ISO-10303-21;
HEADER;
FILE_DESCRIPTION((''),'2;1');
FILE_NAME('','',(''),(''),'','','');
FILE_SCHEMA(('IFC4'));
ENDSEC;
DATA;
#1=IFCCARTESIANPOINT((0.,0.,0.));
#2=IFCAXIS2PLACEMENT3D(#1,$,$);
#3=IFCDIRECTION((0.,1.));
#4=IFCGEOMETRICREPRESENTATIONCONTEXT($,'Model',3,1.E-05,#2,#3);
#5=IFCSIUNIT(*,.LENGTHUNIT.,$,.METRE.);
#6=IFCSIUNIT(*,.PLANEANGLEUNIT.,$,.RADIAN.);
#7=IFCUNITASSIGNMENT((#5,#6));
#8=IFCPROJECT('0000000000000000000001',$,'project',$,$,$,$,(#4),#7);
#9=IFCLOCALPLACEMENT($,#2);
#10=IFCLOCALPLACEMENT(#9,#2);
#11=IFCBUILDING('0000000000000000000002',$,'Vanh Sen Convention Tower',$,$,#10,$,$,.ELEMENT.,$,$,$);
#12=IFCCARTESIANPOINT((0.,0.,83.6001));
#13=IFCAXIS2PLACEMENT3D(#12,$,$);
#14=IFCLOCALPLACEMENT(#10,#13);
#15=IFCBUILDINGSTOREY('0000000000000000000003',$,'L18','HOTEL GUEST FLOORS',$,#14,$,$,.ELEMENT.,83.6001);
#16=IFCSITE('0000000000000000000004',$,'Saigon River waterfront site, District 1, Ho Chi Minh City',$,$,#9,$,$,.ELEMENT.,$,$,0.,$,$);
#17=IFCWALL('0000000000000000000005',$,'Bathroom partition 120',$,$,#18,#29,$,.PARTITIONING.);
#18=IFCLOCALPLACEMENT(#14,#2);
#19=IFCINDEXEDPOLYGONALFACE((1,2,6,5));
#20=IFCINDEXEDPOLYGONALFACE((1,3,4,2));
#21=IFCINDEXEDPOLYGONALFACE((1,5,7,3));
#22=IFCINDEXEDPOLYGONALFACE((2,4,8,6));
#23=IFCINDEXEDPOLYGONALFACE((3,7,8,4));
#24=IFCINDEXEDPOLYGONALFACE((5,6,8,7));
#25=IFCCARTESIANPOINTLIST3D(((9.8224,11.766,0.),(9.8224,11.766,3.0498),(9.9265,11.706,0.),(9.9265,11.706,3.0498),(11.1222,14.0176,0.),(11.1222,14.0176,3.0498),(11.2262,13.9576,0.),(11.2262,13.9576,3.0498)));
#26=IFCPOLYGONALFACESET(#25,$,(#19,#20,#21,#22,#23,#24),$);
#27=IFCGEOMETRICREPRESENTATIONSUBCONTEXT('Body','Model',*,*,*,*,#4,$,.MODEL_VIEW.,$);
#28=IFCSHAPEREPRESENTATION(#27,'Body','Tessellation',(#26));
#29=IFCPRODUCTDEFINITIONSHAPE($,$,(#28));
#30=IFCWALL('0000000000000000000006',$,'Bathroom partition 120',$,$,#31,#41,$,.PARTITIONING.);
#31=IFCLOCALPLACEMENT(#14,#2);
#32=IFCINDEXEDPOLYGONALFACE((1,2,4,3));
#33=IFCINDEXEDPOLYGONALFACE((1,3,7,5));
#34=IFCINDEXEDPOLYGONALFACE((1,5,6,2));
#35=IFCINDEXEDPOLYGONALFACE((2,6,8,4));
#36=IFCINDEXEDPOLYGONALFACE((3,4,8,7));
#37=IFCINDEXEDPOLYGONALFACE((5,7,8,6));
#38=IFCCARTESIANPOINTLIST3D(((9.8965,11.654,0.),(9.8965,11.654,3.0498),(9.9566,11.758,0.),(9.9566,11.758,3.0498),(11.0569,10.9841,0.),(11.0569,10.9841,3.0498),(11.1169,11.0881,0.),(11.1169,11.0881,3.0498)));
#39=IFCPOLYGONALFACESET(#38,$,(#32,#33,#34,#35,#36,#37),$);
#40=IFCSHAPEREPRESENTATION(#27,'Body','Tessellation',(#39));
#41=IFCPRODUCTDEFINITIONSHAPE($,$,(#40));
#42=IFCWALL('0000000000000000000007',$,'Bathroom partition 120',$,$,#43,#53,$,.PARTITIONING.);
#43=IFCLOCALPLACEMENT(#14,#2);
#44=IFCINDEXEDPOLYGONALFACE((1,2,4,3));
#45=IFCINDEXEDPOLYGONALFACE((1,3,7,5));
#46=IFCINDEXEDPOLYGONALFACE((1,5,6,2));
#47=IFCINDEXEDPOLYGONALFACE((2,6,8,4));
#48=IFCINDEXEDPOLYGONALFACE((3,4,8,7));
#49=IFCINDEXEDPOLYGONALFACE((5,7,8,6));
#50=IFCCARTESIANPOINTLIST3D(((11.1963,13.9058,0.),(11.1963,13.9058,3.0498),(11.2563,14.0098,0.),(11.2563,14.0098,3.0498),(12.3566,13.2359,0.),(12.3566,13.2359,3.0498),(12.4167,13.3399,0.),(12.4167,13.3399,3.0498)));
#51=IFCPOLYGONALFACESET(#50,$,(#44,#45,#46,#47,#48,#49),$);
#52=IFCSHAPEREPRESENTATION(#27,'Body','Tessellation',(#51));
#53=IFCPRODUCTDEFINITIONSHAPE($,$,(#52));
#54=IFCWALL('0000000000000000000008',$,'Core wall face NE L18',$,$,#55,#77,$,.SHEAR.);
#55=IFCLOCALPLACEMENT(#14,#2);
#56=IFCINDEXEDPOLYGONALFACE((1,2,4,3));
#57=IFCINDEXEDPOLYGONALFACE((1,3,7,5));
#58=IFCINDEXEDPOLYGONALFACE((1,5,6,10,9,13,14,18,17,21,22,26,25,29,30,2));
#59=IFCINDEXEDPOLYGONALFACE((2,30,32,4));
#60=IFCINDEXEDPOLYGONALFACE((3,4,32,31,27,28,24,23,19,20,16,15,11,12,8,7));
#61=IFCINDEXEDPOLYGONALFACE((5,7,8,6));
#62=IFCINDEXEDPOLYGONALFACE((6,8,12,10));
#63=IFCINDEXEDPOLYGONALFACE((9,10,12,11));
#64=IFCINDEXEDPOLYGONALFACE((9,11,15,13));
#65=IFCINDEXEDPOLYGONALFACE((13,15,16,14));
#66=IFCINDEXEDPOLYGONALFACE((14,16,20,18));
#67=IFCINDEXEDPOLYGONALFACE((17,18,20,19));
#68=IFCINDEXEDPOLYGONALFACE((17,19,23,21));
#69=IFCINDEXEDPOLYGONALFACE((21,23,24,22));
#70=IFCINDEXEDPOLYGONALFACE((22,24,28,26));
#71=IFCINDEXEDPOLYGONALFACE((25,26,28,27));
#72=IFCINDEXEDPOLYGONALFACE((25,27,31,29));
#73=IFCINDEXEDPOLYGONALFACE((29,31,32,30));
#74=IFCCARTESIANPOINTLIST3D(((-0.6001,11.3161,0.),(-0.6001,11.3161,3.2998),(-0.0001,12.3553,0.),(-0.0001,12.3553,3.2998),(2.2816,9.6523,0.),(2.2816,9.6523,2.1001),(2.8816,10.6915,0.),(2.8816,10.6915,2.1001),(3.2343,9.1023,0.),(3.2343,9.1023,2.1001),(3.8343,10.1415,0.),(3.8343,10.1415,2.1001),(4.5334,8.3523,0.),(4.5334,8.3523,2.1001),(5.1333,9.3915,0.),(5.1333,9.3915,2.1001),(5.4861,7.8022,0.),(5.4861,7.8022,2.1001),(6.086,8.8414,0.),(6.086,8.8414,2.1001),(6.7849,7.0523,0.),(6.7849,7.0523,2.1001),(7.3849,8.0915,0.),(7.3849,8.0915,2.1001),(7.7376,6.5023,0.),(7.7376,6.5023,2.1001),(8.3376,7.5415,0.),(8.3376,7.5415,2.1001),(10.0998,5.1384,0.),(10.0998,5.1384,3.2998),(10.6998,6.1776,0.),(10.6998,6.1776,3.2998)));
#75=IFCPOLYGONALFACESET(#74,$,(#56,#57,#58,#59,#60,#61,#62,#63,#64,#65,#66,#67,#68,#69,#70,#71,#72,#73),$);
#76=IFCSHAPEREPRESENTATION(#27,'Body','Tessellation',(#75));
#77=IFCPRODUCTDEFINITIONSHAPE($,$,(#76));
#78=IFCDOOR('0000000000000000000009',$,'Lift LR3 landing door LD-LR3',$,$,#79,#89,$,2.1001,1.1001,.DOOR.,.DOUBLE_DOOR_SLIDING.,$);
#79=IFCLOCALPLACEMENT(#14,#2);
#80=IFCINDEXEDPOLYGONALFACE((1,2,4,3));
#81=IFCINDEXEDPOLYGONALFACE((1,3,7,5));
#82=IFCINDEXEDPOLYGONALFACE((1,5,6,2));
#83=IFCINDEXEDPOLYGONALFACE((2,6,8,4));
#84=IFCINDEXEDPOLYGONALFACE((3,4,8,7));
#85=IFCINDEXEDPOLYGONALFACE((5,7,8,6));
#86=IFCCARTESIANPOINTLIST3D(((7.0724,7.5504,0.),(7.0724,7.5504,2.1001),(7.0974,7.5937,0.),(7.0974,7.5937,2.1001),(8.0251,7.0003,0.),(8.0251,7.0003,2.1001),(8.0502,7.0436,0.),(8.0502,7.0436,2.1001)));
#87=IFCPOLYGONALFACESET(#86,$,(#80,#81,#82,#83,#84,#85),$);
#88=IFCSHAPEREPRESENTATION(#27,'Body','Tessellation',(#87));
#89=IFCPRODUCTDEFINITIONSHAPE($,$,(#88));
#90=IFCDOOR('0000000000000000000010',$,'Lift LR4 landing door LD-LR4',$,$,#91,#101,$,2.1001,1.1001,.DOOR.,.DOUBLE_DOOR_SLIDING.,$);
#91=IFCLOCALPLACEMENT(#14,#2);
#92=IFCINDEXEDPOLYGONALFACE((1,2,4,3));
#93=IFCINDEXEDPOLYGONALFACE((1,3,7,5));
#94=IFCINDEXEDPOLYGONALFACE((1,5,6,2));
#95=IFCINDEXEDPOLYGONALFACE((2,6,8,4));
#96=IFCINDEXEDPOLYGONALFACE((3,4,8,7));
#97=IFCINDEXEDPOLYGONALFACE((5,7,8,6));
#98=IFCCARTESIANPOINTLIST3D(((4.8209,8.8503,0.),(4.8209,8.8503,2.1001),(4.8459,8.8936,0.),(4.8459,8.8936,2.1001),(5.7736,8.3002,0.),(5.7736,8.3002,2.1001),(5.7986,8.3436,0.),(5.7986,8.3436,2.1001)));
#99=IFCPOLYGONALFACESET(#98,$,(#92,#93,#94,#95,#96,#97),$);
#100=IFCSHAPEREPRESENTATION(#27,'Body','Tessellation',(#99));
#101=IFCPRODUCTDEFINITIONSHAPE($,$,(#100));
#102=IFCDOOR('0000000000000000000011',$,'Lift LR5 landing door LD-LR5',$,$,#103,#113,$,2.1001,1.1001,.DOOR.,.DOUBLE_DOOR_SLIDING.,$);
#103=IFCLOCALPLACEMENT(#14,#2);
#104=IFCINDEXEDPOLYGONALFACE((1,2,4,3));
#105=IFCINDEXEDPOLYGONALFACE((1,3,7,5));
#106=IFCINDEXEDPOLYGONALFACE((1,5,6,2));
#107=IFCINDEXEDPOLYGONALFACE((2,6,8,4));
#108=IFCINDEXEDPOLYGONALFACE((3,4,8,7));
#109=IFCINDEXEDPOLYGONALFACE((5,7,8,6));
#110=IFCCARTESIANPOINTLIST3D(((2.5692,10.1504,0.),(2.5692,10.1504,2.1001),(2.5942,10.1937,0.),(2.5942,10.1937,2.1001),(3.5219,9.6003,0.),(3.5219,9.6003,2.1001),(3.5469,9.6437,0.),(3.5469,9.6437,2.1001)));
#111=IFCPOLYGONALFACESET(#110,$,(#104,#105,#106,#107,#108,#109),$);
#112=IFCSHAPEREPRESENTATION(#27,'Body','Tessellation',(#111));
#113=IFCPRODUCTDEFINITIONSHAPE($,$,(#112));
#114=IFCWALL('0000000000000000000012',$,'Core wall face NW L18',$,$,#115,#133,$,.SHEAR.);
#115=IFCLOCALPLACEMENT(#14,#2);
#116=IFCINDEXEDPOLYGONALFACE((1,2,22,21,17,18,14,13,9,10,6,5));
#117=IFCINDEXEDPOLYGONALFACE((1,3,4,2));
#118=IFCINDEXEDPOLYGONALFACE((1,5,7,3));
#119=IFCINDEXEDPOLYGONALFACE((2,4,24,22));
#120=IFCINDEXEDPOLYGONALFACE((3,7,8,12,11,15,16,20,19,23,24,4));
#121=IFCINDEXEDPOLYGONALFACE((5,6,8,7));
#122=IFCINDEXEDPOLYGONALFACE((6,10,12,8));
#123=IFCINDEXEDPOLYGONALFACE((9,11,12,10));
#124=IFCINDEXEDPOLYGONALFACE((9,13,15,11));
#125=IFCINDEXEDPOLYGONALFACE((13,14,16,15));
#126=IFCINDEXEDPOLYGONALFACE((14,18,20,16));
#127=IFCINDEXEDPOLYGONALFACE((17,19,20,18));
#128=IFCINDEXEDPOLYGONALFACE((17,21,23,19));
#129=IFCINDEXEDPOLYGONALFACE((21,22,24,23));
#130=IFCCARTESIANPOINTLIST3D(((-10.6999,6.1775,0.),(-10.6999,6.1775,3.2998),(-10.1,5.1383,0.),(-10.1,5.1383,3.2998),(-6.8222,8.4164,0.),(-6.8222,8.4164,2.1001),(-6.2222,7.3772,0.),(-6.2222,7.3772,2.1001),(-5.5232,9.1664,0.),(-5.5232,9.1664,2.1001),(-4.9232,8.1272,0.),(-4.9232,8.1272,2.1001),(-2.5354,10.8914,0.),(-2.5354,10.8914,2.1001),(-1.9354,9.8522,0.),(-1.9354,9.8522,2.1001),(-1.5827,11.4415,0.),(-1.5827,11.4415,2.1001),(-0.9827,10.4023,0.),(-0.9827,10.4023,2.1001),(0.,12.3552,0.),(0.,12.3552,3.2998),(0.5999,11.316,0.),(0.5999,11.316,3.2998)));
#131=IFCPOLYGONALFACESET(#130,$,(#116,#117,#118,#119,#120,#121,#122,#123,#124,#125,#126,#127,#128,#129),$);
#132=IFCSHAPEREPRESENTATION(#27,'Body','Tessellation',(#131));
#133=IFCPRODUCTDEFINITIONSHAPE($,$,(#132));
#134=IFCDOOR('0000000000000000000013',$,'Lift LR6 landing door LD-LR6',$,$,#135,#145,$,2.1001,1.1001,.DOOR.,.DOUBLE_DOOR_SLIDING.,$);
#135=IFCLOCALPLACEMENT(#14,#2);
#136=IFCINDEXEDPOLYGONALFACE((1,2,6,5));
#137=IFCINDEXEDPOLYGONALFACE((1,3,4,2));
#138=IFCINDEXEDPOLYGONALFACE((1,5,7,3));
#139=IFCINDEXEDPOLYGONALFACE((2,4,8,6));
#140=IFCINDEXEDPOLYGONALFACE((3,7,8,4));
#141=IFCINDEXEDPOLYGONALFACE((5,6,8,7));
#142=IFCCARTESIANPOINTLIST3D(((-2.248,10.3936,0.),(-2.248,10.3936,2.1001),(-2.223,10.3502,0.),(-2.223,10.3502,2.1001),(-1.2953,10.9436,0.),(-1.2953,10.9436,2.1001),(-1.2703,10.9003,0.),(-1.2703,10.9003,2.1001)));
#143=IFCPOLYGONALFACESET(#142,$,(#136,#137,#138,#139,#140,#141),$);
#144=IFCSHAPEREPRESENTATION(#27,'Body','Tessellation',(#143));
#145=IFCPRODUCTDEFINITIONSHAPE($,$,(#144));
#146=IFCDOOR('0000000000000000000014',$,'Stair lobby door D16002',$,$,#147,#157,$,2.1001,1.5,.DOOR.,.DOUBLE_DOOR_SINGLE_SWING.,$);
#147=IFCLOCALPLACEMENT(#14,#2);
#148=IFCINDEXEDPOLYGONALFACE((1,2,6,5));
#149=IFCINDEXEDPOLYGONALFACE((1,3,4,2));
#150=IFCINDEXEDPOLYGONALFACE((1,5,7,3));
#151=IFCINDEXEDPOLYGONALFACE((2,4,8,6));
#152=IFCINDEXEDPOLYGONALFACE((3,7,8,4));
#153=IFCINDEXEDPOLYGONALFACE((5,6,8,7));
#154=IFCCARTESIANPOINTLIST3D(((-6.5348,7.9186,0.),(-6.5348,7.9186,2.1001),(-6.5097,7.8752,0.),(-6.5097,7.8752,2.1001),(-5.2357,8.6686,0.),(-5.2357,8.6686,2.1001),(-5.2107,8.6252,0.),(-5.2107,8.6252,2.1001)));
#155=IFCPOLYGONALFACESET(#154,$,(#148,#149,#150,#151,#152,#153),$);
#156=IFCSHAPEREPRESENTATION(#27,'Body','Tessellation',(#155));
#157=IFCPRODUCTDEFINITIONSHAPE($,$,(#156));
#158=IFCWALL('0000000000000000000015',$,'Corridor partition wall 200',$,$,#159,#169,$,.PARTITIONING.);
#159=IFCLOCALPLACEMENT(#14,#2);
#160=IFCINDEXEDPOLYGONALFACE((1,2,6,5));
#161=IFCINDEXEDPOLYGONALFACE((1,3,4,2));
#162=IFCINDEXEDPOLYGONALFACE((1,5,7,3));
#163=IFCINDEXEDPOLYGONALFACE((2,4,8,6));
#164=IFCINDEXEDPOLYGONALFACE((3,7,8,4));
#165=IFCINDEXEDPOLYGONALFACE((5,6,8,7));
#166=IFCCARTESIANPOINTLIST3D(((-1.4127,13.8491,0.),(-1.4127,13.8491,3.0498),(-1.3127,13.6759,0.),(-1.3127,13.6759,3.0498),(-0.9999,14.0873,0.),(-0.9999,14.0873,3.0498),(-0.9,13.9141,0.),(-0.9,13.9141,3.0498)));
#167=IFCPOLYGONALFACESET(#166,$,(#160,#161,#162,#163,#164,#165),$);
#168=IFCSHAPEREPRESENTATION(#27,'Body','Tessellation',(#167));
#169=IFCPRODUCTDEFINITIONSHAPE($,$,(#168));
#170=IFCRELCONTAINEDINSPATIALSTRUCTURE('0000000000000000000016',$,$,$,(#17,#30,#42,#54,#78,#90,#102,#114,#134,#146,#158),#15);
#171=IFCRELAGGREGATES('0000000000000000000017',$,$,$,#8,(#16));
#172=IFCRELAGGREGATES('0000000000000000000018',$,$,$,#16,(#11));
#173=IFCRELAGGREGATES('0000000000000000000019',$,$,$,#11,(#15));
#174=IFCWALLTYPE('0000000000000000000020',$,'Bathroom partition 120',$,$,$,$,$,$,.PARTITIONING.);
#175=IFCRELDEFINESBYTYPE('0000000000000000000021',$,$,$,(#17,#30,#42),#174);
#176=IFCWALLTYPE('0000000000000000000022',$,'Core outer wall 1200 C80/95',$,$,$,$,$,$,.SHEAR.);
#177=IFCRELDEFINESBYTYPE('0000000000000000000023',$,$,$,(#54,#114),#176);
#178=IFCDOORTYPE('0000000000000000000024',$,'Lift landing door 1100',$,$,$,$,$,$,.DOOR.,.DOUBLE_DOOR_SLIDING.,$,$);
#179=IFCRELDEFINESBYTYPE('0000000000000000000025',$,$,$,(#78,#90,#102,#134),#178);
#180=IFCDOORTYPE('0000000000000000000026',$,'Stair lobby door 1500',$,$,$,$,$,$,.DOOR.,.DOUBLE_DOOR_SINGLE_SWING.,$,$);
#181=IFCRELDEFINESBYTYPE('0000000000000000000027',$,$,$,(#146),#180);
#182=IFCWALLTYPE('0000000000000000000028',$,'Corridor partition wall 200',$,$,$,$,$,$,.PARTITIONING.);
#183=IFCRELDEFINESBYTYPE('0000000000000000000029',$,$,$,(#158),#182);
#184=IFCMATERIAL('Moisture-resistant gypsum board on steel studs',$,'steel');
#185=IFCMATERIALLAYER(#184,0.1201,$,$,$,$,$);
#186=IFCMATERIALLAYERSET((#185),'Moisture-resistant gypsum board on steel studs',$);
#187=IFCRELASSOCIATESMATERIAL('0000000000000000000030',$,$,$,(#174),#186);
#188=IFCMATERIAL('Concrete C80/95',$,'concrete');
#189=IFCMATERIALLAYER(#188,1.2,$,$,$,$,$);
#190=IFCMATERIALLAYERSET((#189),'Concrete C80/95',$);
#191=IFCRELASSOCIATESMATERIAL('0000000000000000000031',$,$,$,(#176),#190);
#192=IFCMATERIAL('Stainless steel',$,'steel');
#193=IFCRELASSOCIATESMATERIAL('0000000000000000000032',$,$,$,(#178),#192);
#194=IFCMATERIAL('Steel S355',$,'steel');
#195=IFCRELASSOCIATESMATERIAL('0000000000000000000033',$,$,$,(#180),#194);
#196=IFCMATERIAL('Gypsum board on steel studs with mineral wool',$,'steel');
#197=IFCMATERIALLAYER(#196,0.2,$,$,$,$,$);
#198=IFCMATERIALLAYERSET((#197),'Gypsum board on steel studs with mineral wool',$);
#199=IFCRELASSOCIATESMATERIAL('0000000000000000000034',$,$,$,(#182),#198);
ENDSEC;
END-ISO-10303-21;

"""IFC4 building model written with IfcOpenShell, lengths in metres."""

from ifc_helpers import new_model, si_unit, direction, frame, frame_2d, origin, place, context, subcontext, project, spatial, rectangle, extrude, material, layer, layer_set, type_object, element, fill, save


model = new_model("IFC4")

# Units and contexts
model_context = context("Model", 3, precision=1e-05, world=origin(), true_north=direction((0.0, 1.0)))
body_context = subcontext(model_context, "Body", "Model", "MODEL_VIEW")
ifc_project = project(units=[si_unit("LENGTHUNIT", "METRE"), si_unit("PLANEANGLEUNIT", "RADIAN")], contexts=[model_context])

# Site, building, storey
site_placement = place(None, origin())
site = spatial("IfcSite", under=ifc_project, at=site_placement, Name="Saigon River waterfront site, District 1, Ho Chi Minh City", CompositionType="ELEMENT", RefElevation=0.0)
building_placement = place(site_placement, origin())
building = spatial("IfcBuilding", under=site, at=building_placement, Name="Vanh Sen Convention Tower", CompositionType="ELEMENT")
storey_placement = place(building_placement, frame((0.0, 0.0, 83.6001)))
storey = spatial("IfcBuildingStorey", under=building, at=storey_placement, Name="L18", Description="HOTEL GUEST FLOORS", CompositionType="ELEMENT", Elevation=83.6001)

# Walls
ifc_material_1 = material(Name="Moisture-resistant gypsum board on steel studs", Category="steel")
ifc_layer_1 = layer(ifc_material_1, 0.1201)
ifc_layer_set_1 = layer_set([ifc_layer_1], Name="Moisture-resistant gypsum board on steel studs")
wall_type_1 = type_object("IfcWallType", Name="Bathroom partition 120", PredefinedType="PARTITIONING", material=ifc_layer_set_1)
wall_1_placement = place(storey_placement, frame((9.8745, 11.7361, 0.0), z_axis=(0.0, 0.0, 1.0), x_axis=(0.499937, 0.866062, 0.0)))
element("IfcWall", 1, at=wall_1_placement, inside=storey, type_object=wall_type_1, Name="Bathroom partition 120", PredefinedType="PARTITIONING", context=body_context, shape_type="SweptSolid", body=[
    extrude(rectangle(XDim=2.5999, YDim=0.1201, at=frame_2d((1.2998, 0.0))), origin(), (0.0, 0.0, 1.0), 3.0498),
])
for number, where, z_axis, x_axis, name in (
    (2, (11.0869, 11.0361, 0.0), (0.0, 0.0, 1.0), (-0.866037, 0.49998, 0.0), "Bathroom partition 120"),
    (3, (11.2263, 13.9578, 0.0), (0.0, 0.0, 1.0), (0.866037, -0.49998, 0.0), "Bathroom partition 120"),
):
    element("IfcWall", number, at=place(storey_placement, frame(where, z_axis=z_axis, x_axis=x_axis)), inside=storey, type_object=wall_type_1, Name=name, PredefinedType="PARTITIONING", context=body_context, shape_type="SweptSolid", body=[
        extrude(rectangle(XDim=1.3398, YDim=0.1201, at=frame_2d((0.6699, 0.0))), origin(), (0.0, 0.0, 1.0), 3.0498),
    ])

# Walls, openings, doors
ifc_material_2 = material(Name="Concrete C80/95", Category="concrete")
ifc_layer_2 = layer(ifc_material_2, 1.2)
ifc_layer_set_2 = layer_set([ifc_layer_2], Name="Concrete C80/95")
wall_type_2 = type_object("IfcWallType", Name="Core outer wall 1200 C80/95", PredefinedType="SHEAR", material=ifc_layer_set_2)
wall_2_placement = place(storey_placement, frame((10.3999, 5.658, 0.0), z_axis=(0.0, 0.0, 1.0), x_axis=(-0.866021, 0.500007, 0.0)))
wall_2 = element("IfcWall", 4, at=wall_2_placement, inside=storey, type_object=wall_type_2, Name="Core wall face NE L18", PredefinedType="SHEAR", context=body_context, shape_type="SweptSolid", body=[
    extrude(rectangle(XDim=12.3552, YDim=1.2, at=frame_2d((6.1777, 0.0))), origin(), (0.0, 0.0, 1.0), 3.2998),
])
opening_1_placement = place(wall_2_placement, frame((2.7278, 0.0, 0.0)))
opening_1 = element("IfcOpeningElement", 5, at=opening_1_placement, cuts=wall_2, PredefinedType="OPENING", context=body_context, shape_type="SweptSolid", body=[
    extrude(rectangle(XDim=1.1001, YDim=2.1001, at=frame_2d((0.55, 1.05))), frame((0.0, 0.6099, 0.0), z_axis=(0.0, -1.0, 0.0), x_axis=(1.0, 0.0, 0.0)), (0.0, 0.0, 1.0), 1.22),
])
opening_2_placement = place(wall_2_placement, frame((5.3276, 0.0, 0.0)))
opening_2 = element("IfcOpeningElement", 6, at=opening_2_placement, cuts=wall_2, PredefinedType="OPENING", context=body_context, shape_type="SweptSolid", body=[
    extrude(rectangle(XDim=1.1001, YDim=2.1001, at=frame_2d((0.55, 1.05))), frame((0.0, 0.6099, 0.0), z_axis=(0.0, -1.0, 0.0), x_axis=(1.0, 0.0, 0.0)), (0.0, 0.0, 1.0), 1.22),
])
opening_3_placement = place(wall_2_placement, frame((7.9277, 0.0, 0.0)))
opening_3 = element("IfcOpeningElement", 7, at=opening_3_placement, cuts=wall_2, PredefinedType="OPENING", context=body_context, shape_type="SweptSolid", body=[
    extrude(rectangle(XDim=1.1001, YDim=2.1001, at=frame_2d((0.55, 1.05))), frame((0.0, 0.6099, 0.0), z_axis=(0.0, -1.0, 0.0), x_axis=(1.0, 0.0, 0.0)), (0.0, 0.0, 1.0), 1.22),
])
ifc_material_3 = material(Name="Stainless steel", Category="steel")
door_type_1 = type_object("IfcDoorType", Name="Lift landing door 1100", OperationType="DOUBLE_DOOR_SLIDING", PredefinedType="DOOR", material=ifc_material_3)
door_1_placement = place(opening_1_placement, origin())
door_1 = element("IfcDoor", 8, at=door_1_placement, inside=storey, type_object=door_type_1, Name="Lift LR3 landing door LD-LR3", OperationType="DOUBLE_DOOR_SLIDING", OverallHeight=2.1001, OverallWidth=1.1001, PredefinedType="DOOR", context=body_context, shape_type="SweptSolid", body=[
    extrude(rectangle(XDim=1.1001, YDim=2.1001, at=frame_2d((0.55, 1.05))), frame((0.0, 0.0249, 0.0), z_axis=(0.0, -1.0, 0.0), x_axis=(1.0, 0.0, 0.0)), (0.0, 0.0, 1.0), 0.05),
])
fill(opening_1, door_1)
door_2_placement = place(opening_2_placement, origin())
door_2 = element("IfcDoor", 9, at=door_2_placement, inside=storey, type_object=door_type_1, Name="Lift LR4 landing door LD-LR4", OperationType="DOUBLE_DOOR_SLIDING", OverallHeight=2.1001, OverallWidth=1.1001, PredefinedType="DOOR", context=body_context, shape_type="SweptSolid", body=[
    extrude(rectangle(XDim=1.1001, YDim=2.1001, at=frame_2d((0.55, 1.05))), frame((0.0, 0.0249, 0.0), z_axis=(0.0, -1.0, 0.0), x_axis=(1.0, 0.0, 0.0)), (0.0, 0.0, 1.0), 0.05),
])
fill(opening_2, door_2)
door_3_placement = place(opening_3_placement, origin())
door_3 = element("IfcDoor", 10, at=door_3_placement, inside=storey, type_object=door_type_1, Name="Lift LR5 landing door LD-LR5", OperationType="DOUBLE_DOOR_SLIDING", OverallHeight=2.1001, OverallWidth=1.1001, PredefinedType="DOOR", context=body_context, shape_type="SweptSolid", body=[
    extrude(rectangle(XDim=1.1001, YDim=2.1001, at=frame_2d((0.55, 1.05))), frame((0.0, 0.0249, 0.0), z_axis=(0.0, -1.0, 0.0), x_axis=(1.0, 0.0, 0.0)), (0.0, 0.0, 1.0), 0.05),
])
fill(opening_3, door_3)
wall_3_placement = place(storey_placement, frame((0.3, 11.8357, 0.0), z_axis=(0.0, 0.0, 1.0), x_axis=(-0.866021, -0.500007, 0.0)))
wall_3 = element("IfcWall", 11, at=wall_3_placement, inside=storey, type_object=wall_type_2, Name="Core wall face NW L18", PredefinedType="SHEAR", context=body_context, shape_type="SweptSolid", body=[
    extrude(rectangle(XDim=12.3552, YDim=1.2, at=frame_2d((6.1777, 0.0))), origin(), (0.0, 0.0, 1.0), 3.2998),
])
opening_4_placement = place(wall_3_placement, frame((6.3777, 0.0, 0.0)))
opening_4 = element("IfcOpeningElement", 12, at=opening_4_placement, cuts=wall_3, PredefinedType="OPENING", context=body_context, shape_type="SweptSolid", body=[
    extrude(rectangle(XDim=1.5, YDim=2.1001, at=frame_2d((0.75, 1.05))), frame((0.0, 0.6099, 0.0), z_axis=(0.0, -1.0, 0.0), x_axis=(1.0, 0.0, 0.0)), (0.0, 0.0, 1.0), 1.22),
])
opening_5_placement = place(wall_3_placement, frame((1.8276, 0.0, 0.0)))
opening_5 = element("IfcOpeningElement", 13, at=opening_5_placement, cuts=wall_3, PredefinedType="OPENING", context=body_context, shape_type="SweptSolid", body=[
    extrude(rectangle(XDim=1.1001, YDim=2.1001, at=frame_2d((0.55, 1.05))), frame((0.0, 0.6099, 0.0), z_axis=(0.0, -1.0, 0.0), x_axis=(1.0, 0.0, 0.0)), (0.0, 0.0, 1.0), 1.22),
])
door_4_placement = place(opening_5_placement, origin())
door_4 = element("IfcDoor", 14, at=door_4_placement, inside=storey, type_object=door_type_1, Name="Lift LR6 landing door LD-LR6", OperationType="DOUBLE_DOOR_SLIDING", OverallHeight=2.1001, OverallWidth=1.1001, PredefinedType="DOOR", context=body_context, shape_type="SweptSolid", body=[
    extrude(rectangle(XDim=1.1001, YDim=2.1001, at=frame_2d((0.55, 1.05))), frame((0.0, 0.0249, 0.0), z_axis=(0.0, -1.0, 0.0), x_axis=(1.0, 0.0, 0.0)), (0.0, 0.0, 1.0), 0.05),
])
fill(opening_5, door_4)
ifc_material_4 = material(Name="Steel S355", Category="steel")
door_type_2 = type_object("IfcDoorType", Name="Stair lobby door 1500", OperationType="DOUBLE_DOOR_SINGLE_SWING", PredefinedType="DOOR", material=ifc_material_4)
door_5_placement = place(opening_4_placement, origin())
door_5 = element("IfcDoor", 15, at=door_5_placement, inside=storey, type_object=door_type_2, Name="Stair lobby door D16002", OperationType="DOUBLE_DOOR_SINGLE_SWING", OverallHeight=2.1001, OverallWidth=1.5, PredefinedType="DOOR", context=body_context, shape_type="SweptSolid", body=[
    extrude(rectangle(XDim=1.5, YDim=2.1001, at=frame_2d((0.75, 1.05))), frame((0.0, 0.0249, 0.0), z_axis=(0.0, -1.0, 0.0), x_axis=(1.0, 0.0, 0.0)), (0.0, 0.0, 1.0), 0.05),
])
fill(opening_4, door_5)

# Wall
ifc_material_5 = material(Name="Gypsum board on steel studs with mineral wool", Category="steel")
ifc_layer_3 = layer(ifc_material_5, 0.2)
ifc_layer_set_3 = layer_set([ifc_layer_3], Name="Gypsum board on steel studs with mineral wool")
wall_type_3 = type_object("IfcWallType", Name="Corridor partition wall 200", PredefinedType="PARTITIONING", material=ifc_layer_set_3)
wall_4_placement = place(storey_placement, frame((-0.95, 14.0007, 0.0), z_axis=(0.0, 0.0, 1.0), x_axis=(-0.866092, -0.499885, 0.0)))
element("IfcWall", 16, at=wall_4_placement, inside=storey, type_object=wall_type_3, Name="Corridor partition wall 200", PredefinedType="PARTITIONING", context=body_context, shape_type="SweptSolid", body=[
    extrude(rectangle(XDim=0.4766, YDim=0.2, at=frame_2d((0.2383, 0.0))), origin(), (0.0, 0.0, 1.0), 3.0498),
])

save(model, "model.ifc")
